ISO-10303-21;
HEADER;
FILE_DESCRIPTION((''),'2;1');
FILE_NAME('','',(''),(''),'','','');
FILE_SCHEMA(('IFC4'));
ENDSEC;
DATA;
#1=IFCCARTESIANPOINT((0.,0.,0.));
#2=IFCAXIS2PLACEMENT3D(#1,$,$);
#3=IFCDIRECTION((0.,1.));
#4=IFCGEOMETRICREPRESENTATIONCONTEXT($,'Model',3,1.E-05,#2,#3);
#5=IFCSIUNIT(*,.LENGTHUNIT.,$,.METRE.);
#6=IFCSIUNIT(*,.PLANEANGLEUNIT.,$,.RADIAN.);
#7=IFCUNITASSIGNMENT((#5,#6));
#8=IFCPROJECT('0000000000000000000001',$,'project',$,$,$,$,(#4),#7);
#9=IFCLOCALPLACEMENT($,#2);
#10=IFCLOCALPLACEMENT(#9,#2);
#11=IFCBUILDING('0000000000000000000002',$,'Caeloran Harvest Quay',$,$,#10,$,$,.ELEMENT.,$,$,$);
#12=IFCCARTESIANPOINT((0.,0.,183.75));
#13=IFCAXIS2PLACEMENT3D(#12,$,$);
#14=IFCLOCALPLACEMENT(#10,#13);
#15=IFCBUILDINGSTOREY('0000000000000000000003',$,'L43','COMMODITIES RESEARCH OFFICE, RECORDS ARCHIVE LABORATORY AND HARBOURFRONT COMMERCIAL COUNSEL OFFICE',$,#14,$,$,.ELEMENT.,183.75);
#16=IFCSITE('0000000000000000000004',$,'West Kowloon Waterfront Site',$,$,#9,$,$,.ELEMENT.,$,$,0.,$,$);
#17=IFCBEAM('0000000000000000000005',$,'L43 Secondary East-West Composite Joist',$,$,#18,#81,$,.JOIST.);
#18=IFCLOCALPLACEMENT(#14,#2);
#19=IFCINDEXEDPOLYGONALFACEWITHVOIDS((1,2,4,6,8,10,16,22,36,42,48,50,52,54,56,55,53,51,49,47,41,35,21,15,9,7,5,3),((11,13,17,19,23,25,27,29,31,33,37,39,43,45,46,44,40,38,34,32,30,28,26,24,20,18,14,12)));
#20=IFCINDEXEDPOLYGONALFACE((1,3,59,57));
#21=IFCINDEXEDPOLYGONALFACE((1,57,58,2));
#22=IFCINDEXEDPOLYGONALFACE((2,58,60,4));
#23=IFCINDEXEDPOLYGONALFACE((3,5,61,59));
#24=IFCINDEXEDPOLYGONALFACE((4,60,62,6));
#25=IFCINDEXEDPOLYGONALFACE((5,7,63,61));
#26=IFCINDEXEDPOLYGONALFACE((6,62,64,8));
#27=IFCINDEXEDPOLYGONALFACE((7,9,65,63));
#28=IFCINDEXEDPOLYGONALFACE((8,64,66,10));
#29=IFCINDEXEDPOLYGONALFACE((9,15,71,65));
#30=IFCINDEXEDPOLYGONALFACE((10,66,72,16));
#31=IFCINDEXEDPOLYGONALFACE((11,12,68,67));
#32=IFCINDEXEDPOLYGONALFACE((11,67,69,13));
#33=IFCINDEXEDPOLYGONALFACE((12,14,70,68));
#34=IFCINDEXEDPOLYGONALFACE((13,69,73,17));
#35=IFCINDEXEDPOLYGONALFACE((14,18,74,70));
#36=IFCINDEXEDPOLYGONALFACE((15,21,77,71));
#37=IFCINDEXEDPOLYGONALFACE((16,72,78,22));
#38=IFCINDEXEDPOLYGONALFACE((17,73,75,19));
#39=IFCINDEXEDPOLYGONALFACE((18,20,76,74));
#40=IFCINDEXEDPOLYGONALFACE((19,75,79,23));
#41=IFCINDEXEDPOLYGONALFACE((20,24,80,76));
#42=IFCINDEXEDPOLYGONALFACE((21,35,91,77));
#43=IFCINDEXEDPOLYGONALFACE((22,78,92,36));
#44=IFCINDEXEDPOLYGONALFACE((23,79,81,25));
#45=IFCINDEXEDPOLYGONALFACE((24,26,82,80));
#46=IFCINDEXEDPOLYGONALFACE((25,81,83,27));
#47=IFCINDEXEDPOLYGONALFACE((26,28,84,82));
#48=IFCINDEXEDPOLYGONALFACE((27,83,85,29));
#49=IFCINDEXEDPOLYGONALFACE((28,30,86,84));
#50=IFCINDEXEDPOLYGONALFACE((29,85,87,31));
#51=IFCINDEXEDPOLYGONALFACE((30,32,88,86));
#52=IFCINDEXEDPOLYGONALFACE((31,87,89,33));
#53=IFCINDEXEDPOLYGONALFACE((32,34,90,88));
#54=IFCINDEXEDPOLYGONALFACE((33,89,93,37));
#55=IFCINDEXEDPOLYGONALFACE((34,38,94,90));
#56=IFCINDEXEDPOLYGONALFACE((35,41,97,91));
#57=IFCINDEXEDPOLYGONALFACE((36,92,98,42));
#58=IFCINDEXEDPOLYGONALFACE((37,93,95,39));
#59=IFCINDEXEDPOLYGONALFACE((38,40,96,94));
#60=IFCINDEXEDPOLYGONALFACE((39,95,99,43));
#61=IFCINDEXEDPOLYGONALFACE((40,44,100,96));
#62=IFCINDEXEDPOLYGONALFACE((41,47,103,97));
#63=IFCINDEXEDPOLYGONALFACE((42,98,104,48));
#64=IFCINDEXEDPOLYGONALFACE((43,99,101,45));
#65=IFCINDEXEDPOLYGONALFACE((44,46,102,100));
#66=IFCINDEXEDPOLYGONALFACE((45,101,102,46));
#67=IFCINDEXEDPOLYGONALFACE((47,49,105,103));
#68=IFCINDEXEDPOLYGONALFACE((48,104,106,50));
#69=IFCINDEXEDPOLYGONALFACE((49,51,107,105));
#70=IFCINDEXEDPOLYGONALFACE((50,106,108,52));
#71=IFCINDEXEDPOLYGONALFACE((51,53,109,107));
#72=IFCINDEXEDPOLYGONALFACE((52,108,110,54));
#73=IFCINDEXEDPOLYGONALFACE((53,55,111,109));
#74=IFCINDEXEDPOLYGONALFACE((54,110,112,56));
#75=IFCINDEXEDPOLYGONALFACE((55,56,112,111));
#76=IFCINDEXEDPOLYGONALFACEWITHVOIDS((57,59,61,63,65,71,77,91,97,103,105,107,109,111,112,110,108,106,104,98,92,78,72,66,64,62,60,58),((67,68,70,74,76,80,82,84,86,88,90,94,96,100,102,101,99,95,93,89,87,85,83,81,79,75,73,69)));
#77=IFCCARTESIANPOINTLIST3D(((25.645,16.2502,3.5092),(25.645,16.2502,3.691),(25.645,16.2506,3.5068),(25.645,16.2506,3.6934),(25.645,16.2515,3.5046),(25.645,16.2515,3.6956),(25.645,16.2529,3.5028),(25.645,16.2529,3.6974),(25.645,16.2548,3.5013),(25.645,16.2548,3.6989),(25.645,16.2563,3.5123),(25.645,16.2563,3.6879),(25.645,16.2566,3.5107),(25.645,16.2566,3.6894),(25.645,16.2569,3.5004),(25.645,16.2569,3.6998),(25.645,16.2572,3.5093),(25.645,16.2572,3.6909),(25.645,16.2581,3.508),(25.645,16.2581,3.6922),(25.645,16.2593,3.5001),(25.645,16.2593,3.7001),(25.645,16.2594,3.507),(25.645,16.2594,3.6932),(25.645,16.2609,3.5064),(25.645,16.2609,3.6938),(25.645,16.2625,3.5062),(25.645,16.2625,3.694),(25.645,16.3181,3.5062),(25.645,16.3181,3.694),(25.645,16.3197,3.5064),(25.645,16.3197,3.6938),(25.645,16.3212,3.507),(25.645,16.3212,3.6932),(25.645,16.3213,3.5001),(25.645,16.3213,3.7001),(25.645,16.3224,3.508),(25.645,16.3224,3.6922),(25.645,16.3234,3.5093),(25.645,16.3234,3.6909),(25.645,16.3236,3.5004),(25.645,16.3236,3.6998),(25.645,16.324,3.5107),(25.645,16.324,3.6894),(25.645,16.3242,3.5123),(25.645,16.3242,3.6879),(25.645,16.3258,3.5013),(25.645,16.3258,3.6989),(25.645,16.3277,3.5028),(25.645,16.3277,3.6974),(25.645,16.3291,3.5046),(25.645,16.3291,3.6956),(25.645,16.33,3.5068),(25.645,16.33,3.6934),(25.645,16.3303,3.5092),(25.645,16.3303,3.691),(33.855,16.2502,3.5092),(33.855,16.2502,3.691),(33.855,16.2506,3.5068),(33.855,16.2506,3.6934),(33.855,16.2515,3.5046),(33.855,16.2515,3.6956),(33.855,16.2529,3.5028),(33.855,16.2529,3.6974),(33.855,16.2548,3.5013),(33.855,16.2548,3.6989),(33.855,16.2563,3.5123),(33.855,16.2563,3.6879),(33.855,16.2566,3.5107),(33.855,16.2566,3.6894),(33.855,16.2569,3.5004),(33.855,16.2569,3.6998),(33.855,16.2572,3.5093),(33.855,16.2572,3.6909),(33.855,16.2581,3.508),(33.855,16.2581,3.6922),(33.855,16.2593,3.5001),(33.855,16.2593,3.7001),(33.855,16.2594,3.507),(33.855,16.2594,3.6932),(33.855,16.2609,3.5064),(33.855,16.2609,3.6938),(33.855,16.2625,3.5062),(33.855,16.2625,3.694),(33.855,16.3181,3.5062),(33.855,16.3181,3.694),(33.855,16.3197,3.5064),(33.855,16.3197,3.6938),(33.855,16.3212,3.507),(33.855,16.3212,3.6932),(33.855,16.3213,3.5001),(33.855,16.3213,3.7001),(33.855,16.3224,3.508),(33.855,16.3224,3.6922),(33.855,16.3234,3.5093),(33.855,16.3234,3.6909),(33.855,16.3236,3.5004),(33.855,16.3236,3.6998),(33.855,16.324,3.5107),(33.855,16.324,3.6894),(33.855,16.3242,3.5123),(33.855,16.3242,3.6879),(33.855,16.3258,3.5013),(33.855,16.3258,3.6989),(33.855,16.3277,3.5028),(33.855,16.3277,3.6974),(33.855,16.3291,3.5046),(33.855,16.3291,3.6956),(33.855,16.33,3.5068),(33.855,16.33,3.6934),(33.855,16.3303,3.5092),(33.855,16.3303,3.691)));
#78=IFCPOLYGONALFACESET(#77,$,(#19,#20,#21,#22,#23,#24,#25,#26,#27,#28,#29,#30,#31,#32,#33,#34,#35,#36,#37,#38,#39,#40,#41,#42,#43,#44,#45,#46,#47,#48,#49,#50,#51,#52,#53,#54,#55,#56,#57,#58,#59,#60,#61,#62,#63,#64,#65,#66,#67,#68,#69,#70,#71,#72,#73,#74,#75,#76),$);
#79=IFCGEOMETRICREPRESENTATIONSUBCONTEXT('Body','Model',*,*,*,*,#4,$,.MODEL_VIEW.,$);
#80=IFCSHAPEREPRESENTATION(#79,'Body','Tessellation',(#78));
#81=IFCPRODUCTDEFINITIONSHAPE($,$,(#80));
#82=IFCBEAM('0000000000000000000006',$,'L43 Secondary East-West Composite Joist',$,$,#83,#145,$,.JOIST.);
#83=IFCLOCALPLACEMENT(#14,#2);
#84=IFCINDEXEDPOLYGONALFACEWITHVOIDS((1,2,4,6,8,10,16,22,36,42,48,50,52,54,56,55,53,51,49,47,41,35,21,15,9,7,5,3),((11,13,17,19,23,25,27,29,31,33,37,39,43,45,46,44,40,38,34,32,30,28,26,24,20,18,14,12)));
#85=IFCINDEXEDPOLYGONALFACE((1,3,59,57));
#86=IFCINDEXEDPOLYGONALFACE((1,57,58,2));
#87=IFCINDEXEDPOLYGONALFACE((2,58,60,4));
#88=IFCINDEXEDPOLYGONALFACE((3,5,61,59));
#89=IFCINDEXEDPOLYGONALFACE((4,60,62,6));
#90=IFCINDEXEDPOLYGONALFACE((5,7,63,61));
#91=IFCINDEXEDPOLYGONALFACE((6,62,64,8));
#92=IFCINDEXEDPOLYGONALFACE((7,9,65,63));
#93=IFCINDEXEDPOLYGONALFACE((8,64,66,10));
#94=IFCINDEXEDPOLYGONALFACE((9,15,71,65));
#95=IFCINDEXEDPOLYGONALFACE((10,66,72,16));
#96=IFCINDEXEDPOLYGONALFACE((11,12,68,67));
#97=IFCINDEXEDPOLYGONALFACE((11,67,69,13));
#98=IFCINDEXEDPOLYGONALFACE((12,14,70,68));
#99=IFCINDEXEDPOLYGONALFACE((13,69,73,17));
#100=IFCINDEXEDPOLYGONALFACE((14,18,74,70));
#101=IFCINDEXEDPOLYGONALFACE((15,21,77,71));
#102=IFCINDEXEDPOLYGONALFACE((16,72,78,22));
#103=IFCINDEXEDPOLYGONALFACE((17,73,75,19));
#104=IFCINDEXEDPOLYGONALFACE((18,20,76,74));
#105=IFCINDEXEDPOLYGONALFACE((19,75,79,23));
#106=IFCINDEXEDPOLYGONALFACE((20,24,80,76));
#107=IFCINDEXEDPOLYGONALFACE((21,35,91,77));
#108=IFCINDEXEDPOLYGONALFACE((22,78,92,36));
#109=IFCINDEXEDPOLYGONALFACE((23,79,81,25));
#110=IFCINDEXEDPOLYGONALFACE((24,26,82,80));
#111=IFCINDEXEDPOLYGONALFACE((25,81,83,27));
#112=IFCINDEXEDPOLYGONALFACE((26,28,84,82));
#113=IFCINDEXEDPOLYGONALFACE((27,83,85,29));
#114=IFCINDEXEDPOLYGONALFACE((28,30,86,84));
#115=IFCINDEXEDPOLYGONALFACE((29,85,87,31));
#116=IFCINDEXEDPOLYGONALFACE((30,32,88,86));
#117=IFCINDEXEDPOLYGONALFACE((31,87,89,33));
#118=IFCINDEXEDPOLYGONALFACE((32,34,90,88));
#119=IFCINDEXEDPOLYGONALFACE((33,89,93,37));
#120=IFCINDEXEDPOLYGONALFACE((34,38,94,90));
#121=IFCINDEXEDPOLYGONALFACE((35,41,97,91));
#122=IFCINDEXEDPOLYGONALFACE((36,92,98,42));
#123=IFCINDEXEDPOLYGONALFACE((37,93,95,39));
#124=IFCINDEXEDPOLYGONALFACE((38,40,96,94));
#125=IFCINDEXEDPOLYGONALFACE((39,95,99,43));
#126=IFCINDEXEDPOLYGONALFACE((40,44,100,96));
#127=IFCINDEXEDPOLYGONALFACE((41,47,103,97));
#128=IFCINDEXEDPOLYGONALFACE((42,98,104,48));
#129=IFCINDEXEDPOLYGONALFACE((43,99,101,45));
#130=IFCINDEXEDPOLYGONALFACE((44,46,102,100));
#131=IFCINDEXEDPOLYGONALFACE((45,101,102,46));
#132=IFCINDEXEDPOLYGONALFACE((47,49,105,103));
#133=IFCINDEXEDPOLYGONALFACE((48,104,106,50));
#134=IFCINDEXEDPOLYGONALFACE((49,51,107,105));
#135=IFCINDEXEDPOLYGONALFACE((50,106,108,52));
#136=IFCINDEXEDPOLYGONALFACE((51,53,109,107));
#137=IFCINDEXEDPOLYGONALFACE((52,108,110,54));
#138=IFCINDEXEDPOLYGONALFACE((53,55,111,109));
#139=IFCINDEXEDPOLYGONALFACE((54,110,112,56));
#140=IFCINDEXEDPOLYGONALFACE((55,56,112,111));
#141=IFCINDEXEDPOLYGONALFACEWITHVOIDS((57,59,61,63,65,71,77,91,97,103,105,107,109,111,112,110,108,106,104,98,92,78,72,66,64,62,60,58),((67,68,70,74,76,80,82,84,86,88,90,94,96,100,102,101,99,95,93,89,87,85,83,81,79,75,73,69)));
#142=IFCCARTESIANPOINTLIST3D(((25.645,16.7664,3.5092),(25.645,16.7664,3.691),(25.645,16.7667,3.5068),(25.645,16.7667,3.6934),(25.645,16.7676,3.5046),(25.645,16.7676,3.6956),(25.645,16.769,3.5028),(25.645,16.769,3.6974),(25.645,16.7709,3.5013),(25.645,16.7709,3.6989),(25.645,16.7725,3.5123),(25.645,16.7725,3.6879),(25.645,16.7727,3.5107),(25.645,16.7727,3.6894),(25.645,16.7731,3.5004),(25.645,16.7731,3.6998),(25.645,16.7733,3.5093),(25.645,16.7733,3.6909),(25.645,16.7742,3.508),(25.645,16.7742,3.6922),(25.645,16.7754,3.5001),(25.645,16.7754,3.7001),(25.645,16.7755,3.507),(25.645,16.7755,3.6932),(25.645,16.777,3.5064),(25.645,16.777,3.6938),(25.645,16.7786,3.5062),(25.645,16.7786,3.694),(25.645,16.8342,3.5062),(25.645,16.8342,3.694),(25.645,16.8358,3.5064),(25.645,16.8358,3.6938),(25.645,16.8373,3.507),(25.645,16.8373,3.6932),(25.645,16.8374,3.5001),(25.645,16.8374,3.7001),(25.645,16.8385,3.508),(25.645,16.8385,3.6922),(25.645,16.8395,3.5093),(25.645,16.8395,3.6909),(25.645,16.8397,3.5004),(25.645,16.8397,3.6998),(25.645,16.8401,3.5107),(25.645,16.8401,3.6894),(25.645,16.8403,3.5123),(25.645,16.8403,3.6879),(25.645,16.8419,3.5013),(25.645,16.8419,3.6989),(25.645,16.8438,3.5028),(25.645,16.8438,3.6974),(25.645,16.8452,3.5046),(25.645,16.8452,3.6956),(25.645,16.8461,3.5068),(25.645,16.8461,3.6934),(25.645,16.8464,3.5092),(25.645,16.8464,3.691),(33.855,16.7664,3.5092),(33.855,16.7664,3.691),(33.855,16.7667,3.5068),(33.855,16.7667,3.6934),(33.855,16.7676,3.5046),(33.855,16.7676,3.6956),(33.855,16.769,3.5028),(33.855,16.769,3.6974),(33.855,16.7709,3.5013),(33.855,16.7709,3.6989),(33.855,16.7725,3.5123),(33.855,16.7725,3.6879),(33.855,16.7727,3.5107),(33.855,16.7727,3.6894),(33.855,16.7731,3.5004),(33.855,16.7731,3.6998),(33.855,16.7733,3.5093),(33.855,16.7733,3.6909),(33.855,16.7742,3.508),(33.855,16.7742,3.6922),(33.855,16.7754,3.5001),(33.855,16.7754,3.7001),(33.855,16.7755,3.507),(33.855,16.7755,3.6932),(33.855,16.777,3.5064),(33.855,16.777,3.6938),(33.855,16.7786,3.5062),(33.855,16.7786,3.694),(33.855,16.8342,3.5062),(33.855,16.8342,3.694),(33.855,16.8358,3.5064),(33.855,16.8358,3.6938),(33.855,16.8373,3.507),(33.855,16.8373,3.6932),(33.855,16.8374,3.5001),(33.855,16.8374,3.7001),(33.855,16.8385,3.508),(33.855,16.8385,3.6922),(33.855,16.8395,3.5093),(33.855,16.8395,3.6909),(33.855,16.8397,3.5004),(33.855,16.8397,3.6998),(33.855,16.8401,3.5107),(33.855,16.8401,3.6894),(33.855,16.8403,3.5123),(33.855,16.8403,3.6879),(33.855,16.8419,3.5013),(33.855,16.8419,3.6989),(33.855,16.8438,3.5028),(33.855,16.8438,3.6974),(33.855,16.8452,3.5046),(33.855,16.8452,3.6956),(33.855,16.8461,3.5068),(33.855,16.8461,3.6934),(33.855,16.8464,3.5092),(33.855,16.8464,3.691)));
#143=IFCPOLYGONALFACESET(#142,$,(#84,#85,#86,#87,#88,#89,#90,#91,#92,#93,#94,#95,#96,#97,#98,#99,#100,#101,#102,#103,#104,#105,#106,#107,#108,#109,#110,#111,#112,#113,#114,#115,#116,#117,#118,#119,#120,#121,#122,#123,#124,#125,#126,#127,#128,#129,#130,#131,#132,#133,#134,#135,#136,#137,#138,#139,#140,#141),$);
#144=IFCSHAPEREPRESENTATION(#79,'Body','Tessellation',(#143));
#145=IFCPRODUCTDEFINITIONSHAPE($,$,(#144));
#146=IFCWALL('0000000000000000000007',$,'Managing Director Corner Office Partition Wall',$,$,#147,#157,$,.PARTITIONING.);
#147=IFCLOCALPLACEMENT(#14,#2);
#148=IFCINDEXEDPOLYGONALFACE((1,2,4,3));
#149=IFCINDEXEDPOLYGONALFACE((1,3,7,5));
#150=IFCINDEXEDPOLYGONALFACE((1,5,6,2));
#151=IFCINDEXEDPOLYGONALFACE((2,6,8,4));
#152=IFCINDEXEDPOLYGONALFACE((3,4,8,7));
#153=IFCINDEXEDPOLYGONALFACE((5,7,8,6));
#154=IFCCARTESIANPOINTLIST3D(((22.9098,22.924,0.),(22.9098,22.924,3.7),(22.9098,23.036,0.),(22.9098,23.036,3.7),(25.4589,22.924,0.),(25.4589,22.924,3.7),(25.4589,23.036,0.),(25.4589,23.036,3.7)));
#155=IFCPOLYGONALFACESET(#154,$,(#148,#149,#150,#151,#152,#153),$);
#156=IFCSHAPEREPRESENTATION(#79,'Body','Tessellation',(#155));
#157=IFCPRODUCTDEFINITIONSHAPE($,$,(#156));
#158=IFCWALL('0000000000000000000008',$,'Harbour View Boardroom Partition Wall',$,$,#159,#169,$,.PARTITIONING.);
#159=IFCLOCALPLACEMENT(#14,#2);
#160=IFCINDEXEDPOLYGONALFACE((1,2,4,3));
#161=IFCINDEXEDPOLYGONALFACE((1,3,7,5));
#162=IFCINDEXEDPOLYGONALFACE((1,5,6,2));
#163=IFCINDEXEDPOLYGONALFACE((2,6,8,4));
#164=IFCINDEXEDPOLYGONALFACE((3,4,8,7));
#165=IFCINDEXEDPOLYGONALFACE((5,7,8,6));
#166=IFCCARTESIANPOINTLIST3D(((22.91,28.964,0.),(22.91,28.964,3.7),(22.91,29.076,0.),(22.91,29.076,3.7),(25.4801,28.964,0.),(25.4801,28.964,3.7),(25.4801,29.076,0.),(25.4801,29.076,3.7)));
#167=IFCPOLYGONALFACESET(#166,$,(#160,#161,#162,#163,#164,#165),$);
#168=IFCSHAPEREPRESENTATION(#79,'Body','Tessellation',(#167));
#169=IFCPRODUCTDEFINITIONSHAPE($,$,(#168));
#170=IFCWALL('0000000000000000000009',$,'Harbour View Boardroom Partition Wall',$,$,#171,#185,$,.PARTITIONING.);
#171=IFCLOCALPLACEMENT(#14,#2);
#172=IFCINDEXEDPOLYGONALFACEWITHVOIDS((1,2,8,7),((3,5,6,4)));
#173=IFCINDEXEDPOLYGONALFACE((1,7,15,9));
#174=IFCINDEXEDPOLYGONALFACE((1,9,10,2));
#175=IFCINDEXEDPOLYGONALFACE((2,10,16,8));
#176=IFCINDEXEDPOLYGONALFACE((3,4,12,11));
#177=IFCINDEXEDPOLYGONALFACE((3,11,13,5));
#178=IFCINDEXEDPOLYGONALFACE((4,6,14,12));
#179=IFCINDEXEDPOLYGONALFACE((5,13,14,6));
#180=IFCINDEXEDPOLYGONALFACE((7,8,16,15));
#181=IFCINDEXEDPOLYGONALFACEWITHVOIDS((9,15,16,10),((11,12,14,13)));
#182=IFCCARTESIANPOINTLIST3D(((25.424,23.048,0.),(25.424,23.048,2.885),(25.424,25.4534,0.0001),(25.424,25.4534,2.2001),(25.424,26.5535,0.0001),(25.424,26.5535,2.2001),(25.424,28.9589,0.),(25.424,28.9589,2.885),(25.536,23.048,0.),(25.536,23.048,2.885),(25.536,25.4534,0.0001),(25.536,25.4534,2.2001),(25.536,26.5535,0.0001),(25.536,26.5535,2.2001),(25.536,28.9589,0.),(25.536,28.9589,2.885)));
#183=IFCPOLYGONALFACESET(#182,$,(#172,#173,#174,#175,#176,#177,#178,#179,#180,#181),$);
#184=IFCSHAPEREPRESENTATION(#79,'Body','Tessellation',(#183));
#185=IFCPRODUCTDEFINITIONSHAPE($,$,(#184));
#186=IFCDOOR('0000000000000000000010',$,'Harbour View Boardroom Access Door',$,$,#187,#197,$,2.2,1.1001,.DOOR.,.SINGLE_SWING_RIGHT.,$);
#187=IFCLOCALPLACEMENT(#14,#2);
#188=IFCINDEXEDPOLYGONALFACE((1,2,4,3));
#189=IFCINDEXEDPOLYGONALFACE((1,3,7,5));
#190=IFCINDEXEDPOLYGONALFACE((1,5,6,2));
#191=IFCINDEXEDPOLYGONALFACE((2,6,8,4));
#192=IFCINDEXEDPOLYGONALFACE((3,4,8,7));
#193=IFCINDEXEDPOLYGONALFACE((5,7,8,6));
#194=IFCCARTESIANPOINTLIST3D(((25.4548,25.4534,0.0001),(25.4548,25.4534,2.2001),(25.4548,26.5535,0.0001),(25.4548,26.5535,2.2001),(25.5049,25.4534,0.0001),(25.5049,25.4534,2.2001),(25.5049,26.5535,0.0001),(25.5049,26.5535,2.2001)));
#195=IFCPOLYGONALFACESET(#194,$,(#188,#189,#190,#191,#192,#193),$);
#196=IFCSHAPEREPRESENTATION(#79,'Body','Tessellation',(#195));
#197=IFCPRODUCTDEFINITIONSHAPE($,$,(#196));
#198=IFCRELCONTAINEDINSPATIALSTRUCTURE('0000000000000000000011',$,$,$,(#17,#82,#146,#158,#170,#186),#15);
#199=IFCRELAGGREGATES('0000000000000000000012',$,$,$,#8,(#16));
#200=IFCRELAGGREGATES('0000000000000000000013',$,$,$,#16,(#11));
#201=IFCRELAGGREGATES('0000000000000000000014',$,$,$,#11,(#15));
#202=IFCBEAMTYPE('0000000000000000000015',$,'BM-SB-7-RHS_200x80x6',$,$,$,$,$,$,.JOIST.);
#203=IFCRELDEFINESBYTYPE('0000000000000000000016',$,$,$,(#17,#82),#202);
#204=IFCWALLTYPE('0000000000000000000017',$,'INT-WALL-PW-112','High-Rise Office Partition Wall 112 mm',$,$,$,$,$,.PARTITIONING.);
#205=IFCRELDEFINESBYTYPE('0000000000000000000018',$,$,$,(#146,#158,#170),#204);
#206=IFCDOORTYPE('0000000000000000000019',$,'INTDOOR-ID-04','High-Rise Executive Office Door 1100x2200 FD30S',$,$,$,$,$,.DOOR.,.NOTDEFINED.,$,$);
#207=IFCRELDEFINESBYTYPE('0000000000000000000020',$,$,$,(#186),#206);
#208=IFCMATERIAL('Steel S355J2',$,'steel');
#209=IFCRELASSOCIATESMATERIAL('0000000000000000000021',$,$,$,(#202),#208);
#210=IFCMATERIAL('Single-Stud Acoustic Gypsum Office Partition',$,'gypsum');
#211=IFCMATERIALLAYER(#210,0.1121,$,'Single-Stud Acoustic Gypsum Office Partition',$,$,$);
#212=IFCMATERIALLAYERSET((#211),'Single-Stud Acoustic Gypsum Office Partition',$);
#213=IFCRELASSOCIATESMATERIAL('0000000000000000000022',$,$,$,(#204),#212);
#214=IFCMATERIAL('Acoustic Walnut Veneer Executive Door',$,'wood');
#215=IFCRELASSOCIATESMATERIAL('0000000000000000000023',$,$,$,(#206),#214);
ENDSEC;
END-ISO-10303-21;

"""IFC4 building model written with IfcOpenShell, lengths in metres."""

from ifc_helpers import new_model, si_unit, direction, frame, frame_2d, origin, origin_2d, place, context, subcontext, project, spatial, rectangle, hollow_rectangle, extrude, material, layer, layer_set, material_profile, profile_set, type_object, element, fill, save


model = new_model("IFC4")

# Units and contexts
model_context = context("Model", 3, precision=1e-05, world=origin(), true_north=direction((0.0, 1.0)))
body_context = subcontext(model_context, "Body", "Model", "MODEL_VIEW")
ifc_project = project(units=[si_unit("LENGTHUNIT", "METRE"), si_unit("PLANEANGLEUNIT", "RADIAN")], contexts=[model_context])

# Site, building, storey
site_placement = place(None, origin())
site = spatial("IfcSite", under=ifc_project, at=site_placement, Name="West Kowloon Waterfront Site", CompositionType="ELEMENT", RefElevation=0.0)
building_placement = place(site_placement, origin())
building = spatial("IfcBuilding", under=site, at=building_placement, Name="Caeloran Harvest Quay", CompositionType="ELEMENT")
storey_placement = place(building_placement, frame((0.0, 0.0, 183.75)))
storey = spatial("IfcBuildingStorey", under=building, at=storey_placement, Name="L43", Description="COMMODITIES RESEARCH OFFICE, RECORDS ARCHIVE LABORATORY AND HARBOURFRONT COMMERCIAL COUNSEL OFFICE", CompositionType="ELEMENT", Elevation=183.75)

# Beams
ifc_material_1 = material(Name="Steel S355J2", Category="steel")
ifc_material_profile_1 = material_profile(ifc_material_1, hollow_rectangle(XDim=0.0801, YDim=0.2, WallThickness=0.0061, InnerFilletRadius=0.0061, OuterFilletRadius=0.009, at=origin_2d()), Name="RHS 200x80x6")
ifc_profile_set_1 = profile_set([ifc_material_profile_1], Name="Steel S355J2")
beam_type_1 = type_object("IfcBeamType", Name="BM-SB-7-RHS_200x80x6", PredefinedType="JOIST", material=ifc_profile_set_1)
for number, where, z_axis, x_axis, name in (
    (1, (25.645, 16.2903, 3.6001), (1.0, 0.0, 0.0), (0.0, 1.0, 0.0), "L43 Secondary East-West Composite Joist"),
    (2, (25.645, 16.8064, 3.6001), (1.0, 0.0, 0.0), (0.0, 1.0, 0.0), "L43 Secondary East-West Composite Joist"),
):
    element("IfcBeam", number, at=place(storey_placement, frame(where, z_axis=z_axis, x_axis=x_axis)), inside=storey, type_object=beam_type_1, Name=name, PredefinedType="JOIST", context=body_context, shape_type="SweptSolid", body=[
        extrude(hollow_rectangle(XDim=0.0801, YDim=0.2, WallThickness=0.0061, InnerFilletRadius=0.0061, OuterFilletRadius=0.009, at=origin_2d()), origin(), (0.0, 0.0, 1.0), 8.21),
    ])

# Walls
ifc_material_2 = material(Name="Single-Stud Acoustic Gypsum Office Partition", Category="gypsum")
ifc_layer_1 = layer(ifc_material_2, 0.1121, Name="Single-Stud Acoustic Gypsum Office Partition")
ifc_layer_set_1 = layer_set([ifc_layer_1], Name="Single-Stud Acoustic Gypsum Office Partition")
wall_type_1 = type_object("IfcWallType", Name="INT-WALL-PW-112", Description="High-Rise Office Partition Wall 112 mm", PredefinedType="PARTITIONING", material=ifc_layer_set_1)
wall_1_placement = place(storey_placement, frame((22.9099, 22.98, 0.0), z_axis=(0.0, 0.0, 1.0), x_axis=(1.0, 0.0, 0.0)))
element("IfcWall", 3, at=wall_1_placement, inside=storey, type_object=wall_type_1, Name="Managing Director Corner Office Partition Wall", PredefinedType="PARTITIONING", context=body_context, shape_type="SweptSolid", body=[
    extrude(rectangle(XDim=2.5491, YDim=0.1121, at=frame_2d((1.2744, 0.0))), origin(), (0.0, 0.0, 1.0), 3.7),
])
wall_2_placement = place(storey_placement, frame((22.9099, 29.02, 0.0), z_axis=(0.0, 0.0, 1.0), x_axis=(1.0, 0.0, 0.0)))
element("IfcWall", 4, at=wall_2_placement, inside=storey, type_object=wall_type_1, Name="Harbour View Boardroom Partition Wall", PredefinedType="PARTITIONING", context=body_context, shape_type="SweptSolid", body=[
    extrude(rectangle(XDim=2.5701, YDim=0.1121, at=frame_2d((1.2852, 0.0))), origin(), (0.0, 0.0, 1.0), 3.7),
])

# Wall, opening, door
wall_3_placement = place(storey_placement, frame((25.48, 28.959, 0.0), z_axis=(0.0, 0.0, 1.0), x_axis=(0.0, -1.0, 0.0)))
wall_3 = element("IfcWall", 5, at=wall_3_placement, inside=storey, type_object=wall_type_1, Name="Harbour View Boardroom Partition Wall", PredefinedType="PARTITIONING", context=body_context, shape_type="SweptSolid", body=[
    extrude(rectangle(XDim=5.9109, YDim=0.1121, at=frame_2d((2.9556, 0.0))), origin(), (0.0, 0.0, 1.0), 2.885),
])
opening_placement = place(wall_3_placement, frame((2.4055, 0.0, 0.0)))
opening = element("IfcOpeningElement", 6, at=opening_placement, cuts=wall_3, PredefinedType="OPENING", context=body_context, shape_type="SweptSolid", body=[
    extrude(rectangle(XDim=1.1001, YDim=2.2, at=frame_2d((0.55, 1.1001))), frame((0.0, 0.0659, 0.0), z_axis=(0.0, -1.0, 0.0), x_axis=(1.0, 0.0, 0.0)), (0.0, 0.0, 1.0), 0.1321),
])
ifc_material_3 = material(Name="Acoustic Walnut Veneer Executive Door", Category="wood")
door_type = type_object("IfcDoorType", Name="INTDOOR-ID-04", Description="High-Rise Executive Office Door 1100x2200 FD30S", OperationType="NOTDEFINED", PredefinedType="DOOR", material=ifc_material_3)
door_placement = place(opening_placement, origin())
door = element("IfcDoor", 7, at=door_placement, inside=storey, type_object=door_type, Name="Harbour View Boardroom Access Door", OperationType="SINGLE_SWING_RIGHT", OverallHeight=2.2, OverallWidth=1.1001, PredefinedType="DOOR", context=body_context, shape_type="SweptSolid", body=[
    extrude(rectangle(XDim=1.1001, YDim=2.2, at=frame_2d((0.55, 1.1001))), frame((0.0, 0.0249, 0.0), z_axis=(0.0, -1.0, 0.0), x_axis=(1.0, 0.0, 0.0)), (0.0, 0.0, 1.0), 0.05),
])
fill(opening, door)

save(model, "model.ifc")
